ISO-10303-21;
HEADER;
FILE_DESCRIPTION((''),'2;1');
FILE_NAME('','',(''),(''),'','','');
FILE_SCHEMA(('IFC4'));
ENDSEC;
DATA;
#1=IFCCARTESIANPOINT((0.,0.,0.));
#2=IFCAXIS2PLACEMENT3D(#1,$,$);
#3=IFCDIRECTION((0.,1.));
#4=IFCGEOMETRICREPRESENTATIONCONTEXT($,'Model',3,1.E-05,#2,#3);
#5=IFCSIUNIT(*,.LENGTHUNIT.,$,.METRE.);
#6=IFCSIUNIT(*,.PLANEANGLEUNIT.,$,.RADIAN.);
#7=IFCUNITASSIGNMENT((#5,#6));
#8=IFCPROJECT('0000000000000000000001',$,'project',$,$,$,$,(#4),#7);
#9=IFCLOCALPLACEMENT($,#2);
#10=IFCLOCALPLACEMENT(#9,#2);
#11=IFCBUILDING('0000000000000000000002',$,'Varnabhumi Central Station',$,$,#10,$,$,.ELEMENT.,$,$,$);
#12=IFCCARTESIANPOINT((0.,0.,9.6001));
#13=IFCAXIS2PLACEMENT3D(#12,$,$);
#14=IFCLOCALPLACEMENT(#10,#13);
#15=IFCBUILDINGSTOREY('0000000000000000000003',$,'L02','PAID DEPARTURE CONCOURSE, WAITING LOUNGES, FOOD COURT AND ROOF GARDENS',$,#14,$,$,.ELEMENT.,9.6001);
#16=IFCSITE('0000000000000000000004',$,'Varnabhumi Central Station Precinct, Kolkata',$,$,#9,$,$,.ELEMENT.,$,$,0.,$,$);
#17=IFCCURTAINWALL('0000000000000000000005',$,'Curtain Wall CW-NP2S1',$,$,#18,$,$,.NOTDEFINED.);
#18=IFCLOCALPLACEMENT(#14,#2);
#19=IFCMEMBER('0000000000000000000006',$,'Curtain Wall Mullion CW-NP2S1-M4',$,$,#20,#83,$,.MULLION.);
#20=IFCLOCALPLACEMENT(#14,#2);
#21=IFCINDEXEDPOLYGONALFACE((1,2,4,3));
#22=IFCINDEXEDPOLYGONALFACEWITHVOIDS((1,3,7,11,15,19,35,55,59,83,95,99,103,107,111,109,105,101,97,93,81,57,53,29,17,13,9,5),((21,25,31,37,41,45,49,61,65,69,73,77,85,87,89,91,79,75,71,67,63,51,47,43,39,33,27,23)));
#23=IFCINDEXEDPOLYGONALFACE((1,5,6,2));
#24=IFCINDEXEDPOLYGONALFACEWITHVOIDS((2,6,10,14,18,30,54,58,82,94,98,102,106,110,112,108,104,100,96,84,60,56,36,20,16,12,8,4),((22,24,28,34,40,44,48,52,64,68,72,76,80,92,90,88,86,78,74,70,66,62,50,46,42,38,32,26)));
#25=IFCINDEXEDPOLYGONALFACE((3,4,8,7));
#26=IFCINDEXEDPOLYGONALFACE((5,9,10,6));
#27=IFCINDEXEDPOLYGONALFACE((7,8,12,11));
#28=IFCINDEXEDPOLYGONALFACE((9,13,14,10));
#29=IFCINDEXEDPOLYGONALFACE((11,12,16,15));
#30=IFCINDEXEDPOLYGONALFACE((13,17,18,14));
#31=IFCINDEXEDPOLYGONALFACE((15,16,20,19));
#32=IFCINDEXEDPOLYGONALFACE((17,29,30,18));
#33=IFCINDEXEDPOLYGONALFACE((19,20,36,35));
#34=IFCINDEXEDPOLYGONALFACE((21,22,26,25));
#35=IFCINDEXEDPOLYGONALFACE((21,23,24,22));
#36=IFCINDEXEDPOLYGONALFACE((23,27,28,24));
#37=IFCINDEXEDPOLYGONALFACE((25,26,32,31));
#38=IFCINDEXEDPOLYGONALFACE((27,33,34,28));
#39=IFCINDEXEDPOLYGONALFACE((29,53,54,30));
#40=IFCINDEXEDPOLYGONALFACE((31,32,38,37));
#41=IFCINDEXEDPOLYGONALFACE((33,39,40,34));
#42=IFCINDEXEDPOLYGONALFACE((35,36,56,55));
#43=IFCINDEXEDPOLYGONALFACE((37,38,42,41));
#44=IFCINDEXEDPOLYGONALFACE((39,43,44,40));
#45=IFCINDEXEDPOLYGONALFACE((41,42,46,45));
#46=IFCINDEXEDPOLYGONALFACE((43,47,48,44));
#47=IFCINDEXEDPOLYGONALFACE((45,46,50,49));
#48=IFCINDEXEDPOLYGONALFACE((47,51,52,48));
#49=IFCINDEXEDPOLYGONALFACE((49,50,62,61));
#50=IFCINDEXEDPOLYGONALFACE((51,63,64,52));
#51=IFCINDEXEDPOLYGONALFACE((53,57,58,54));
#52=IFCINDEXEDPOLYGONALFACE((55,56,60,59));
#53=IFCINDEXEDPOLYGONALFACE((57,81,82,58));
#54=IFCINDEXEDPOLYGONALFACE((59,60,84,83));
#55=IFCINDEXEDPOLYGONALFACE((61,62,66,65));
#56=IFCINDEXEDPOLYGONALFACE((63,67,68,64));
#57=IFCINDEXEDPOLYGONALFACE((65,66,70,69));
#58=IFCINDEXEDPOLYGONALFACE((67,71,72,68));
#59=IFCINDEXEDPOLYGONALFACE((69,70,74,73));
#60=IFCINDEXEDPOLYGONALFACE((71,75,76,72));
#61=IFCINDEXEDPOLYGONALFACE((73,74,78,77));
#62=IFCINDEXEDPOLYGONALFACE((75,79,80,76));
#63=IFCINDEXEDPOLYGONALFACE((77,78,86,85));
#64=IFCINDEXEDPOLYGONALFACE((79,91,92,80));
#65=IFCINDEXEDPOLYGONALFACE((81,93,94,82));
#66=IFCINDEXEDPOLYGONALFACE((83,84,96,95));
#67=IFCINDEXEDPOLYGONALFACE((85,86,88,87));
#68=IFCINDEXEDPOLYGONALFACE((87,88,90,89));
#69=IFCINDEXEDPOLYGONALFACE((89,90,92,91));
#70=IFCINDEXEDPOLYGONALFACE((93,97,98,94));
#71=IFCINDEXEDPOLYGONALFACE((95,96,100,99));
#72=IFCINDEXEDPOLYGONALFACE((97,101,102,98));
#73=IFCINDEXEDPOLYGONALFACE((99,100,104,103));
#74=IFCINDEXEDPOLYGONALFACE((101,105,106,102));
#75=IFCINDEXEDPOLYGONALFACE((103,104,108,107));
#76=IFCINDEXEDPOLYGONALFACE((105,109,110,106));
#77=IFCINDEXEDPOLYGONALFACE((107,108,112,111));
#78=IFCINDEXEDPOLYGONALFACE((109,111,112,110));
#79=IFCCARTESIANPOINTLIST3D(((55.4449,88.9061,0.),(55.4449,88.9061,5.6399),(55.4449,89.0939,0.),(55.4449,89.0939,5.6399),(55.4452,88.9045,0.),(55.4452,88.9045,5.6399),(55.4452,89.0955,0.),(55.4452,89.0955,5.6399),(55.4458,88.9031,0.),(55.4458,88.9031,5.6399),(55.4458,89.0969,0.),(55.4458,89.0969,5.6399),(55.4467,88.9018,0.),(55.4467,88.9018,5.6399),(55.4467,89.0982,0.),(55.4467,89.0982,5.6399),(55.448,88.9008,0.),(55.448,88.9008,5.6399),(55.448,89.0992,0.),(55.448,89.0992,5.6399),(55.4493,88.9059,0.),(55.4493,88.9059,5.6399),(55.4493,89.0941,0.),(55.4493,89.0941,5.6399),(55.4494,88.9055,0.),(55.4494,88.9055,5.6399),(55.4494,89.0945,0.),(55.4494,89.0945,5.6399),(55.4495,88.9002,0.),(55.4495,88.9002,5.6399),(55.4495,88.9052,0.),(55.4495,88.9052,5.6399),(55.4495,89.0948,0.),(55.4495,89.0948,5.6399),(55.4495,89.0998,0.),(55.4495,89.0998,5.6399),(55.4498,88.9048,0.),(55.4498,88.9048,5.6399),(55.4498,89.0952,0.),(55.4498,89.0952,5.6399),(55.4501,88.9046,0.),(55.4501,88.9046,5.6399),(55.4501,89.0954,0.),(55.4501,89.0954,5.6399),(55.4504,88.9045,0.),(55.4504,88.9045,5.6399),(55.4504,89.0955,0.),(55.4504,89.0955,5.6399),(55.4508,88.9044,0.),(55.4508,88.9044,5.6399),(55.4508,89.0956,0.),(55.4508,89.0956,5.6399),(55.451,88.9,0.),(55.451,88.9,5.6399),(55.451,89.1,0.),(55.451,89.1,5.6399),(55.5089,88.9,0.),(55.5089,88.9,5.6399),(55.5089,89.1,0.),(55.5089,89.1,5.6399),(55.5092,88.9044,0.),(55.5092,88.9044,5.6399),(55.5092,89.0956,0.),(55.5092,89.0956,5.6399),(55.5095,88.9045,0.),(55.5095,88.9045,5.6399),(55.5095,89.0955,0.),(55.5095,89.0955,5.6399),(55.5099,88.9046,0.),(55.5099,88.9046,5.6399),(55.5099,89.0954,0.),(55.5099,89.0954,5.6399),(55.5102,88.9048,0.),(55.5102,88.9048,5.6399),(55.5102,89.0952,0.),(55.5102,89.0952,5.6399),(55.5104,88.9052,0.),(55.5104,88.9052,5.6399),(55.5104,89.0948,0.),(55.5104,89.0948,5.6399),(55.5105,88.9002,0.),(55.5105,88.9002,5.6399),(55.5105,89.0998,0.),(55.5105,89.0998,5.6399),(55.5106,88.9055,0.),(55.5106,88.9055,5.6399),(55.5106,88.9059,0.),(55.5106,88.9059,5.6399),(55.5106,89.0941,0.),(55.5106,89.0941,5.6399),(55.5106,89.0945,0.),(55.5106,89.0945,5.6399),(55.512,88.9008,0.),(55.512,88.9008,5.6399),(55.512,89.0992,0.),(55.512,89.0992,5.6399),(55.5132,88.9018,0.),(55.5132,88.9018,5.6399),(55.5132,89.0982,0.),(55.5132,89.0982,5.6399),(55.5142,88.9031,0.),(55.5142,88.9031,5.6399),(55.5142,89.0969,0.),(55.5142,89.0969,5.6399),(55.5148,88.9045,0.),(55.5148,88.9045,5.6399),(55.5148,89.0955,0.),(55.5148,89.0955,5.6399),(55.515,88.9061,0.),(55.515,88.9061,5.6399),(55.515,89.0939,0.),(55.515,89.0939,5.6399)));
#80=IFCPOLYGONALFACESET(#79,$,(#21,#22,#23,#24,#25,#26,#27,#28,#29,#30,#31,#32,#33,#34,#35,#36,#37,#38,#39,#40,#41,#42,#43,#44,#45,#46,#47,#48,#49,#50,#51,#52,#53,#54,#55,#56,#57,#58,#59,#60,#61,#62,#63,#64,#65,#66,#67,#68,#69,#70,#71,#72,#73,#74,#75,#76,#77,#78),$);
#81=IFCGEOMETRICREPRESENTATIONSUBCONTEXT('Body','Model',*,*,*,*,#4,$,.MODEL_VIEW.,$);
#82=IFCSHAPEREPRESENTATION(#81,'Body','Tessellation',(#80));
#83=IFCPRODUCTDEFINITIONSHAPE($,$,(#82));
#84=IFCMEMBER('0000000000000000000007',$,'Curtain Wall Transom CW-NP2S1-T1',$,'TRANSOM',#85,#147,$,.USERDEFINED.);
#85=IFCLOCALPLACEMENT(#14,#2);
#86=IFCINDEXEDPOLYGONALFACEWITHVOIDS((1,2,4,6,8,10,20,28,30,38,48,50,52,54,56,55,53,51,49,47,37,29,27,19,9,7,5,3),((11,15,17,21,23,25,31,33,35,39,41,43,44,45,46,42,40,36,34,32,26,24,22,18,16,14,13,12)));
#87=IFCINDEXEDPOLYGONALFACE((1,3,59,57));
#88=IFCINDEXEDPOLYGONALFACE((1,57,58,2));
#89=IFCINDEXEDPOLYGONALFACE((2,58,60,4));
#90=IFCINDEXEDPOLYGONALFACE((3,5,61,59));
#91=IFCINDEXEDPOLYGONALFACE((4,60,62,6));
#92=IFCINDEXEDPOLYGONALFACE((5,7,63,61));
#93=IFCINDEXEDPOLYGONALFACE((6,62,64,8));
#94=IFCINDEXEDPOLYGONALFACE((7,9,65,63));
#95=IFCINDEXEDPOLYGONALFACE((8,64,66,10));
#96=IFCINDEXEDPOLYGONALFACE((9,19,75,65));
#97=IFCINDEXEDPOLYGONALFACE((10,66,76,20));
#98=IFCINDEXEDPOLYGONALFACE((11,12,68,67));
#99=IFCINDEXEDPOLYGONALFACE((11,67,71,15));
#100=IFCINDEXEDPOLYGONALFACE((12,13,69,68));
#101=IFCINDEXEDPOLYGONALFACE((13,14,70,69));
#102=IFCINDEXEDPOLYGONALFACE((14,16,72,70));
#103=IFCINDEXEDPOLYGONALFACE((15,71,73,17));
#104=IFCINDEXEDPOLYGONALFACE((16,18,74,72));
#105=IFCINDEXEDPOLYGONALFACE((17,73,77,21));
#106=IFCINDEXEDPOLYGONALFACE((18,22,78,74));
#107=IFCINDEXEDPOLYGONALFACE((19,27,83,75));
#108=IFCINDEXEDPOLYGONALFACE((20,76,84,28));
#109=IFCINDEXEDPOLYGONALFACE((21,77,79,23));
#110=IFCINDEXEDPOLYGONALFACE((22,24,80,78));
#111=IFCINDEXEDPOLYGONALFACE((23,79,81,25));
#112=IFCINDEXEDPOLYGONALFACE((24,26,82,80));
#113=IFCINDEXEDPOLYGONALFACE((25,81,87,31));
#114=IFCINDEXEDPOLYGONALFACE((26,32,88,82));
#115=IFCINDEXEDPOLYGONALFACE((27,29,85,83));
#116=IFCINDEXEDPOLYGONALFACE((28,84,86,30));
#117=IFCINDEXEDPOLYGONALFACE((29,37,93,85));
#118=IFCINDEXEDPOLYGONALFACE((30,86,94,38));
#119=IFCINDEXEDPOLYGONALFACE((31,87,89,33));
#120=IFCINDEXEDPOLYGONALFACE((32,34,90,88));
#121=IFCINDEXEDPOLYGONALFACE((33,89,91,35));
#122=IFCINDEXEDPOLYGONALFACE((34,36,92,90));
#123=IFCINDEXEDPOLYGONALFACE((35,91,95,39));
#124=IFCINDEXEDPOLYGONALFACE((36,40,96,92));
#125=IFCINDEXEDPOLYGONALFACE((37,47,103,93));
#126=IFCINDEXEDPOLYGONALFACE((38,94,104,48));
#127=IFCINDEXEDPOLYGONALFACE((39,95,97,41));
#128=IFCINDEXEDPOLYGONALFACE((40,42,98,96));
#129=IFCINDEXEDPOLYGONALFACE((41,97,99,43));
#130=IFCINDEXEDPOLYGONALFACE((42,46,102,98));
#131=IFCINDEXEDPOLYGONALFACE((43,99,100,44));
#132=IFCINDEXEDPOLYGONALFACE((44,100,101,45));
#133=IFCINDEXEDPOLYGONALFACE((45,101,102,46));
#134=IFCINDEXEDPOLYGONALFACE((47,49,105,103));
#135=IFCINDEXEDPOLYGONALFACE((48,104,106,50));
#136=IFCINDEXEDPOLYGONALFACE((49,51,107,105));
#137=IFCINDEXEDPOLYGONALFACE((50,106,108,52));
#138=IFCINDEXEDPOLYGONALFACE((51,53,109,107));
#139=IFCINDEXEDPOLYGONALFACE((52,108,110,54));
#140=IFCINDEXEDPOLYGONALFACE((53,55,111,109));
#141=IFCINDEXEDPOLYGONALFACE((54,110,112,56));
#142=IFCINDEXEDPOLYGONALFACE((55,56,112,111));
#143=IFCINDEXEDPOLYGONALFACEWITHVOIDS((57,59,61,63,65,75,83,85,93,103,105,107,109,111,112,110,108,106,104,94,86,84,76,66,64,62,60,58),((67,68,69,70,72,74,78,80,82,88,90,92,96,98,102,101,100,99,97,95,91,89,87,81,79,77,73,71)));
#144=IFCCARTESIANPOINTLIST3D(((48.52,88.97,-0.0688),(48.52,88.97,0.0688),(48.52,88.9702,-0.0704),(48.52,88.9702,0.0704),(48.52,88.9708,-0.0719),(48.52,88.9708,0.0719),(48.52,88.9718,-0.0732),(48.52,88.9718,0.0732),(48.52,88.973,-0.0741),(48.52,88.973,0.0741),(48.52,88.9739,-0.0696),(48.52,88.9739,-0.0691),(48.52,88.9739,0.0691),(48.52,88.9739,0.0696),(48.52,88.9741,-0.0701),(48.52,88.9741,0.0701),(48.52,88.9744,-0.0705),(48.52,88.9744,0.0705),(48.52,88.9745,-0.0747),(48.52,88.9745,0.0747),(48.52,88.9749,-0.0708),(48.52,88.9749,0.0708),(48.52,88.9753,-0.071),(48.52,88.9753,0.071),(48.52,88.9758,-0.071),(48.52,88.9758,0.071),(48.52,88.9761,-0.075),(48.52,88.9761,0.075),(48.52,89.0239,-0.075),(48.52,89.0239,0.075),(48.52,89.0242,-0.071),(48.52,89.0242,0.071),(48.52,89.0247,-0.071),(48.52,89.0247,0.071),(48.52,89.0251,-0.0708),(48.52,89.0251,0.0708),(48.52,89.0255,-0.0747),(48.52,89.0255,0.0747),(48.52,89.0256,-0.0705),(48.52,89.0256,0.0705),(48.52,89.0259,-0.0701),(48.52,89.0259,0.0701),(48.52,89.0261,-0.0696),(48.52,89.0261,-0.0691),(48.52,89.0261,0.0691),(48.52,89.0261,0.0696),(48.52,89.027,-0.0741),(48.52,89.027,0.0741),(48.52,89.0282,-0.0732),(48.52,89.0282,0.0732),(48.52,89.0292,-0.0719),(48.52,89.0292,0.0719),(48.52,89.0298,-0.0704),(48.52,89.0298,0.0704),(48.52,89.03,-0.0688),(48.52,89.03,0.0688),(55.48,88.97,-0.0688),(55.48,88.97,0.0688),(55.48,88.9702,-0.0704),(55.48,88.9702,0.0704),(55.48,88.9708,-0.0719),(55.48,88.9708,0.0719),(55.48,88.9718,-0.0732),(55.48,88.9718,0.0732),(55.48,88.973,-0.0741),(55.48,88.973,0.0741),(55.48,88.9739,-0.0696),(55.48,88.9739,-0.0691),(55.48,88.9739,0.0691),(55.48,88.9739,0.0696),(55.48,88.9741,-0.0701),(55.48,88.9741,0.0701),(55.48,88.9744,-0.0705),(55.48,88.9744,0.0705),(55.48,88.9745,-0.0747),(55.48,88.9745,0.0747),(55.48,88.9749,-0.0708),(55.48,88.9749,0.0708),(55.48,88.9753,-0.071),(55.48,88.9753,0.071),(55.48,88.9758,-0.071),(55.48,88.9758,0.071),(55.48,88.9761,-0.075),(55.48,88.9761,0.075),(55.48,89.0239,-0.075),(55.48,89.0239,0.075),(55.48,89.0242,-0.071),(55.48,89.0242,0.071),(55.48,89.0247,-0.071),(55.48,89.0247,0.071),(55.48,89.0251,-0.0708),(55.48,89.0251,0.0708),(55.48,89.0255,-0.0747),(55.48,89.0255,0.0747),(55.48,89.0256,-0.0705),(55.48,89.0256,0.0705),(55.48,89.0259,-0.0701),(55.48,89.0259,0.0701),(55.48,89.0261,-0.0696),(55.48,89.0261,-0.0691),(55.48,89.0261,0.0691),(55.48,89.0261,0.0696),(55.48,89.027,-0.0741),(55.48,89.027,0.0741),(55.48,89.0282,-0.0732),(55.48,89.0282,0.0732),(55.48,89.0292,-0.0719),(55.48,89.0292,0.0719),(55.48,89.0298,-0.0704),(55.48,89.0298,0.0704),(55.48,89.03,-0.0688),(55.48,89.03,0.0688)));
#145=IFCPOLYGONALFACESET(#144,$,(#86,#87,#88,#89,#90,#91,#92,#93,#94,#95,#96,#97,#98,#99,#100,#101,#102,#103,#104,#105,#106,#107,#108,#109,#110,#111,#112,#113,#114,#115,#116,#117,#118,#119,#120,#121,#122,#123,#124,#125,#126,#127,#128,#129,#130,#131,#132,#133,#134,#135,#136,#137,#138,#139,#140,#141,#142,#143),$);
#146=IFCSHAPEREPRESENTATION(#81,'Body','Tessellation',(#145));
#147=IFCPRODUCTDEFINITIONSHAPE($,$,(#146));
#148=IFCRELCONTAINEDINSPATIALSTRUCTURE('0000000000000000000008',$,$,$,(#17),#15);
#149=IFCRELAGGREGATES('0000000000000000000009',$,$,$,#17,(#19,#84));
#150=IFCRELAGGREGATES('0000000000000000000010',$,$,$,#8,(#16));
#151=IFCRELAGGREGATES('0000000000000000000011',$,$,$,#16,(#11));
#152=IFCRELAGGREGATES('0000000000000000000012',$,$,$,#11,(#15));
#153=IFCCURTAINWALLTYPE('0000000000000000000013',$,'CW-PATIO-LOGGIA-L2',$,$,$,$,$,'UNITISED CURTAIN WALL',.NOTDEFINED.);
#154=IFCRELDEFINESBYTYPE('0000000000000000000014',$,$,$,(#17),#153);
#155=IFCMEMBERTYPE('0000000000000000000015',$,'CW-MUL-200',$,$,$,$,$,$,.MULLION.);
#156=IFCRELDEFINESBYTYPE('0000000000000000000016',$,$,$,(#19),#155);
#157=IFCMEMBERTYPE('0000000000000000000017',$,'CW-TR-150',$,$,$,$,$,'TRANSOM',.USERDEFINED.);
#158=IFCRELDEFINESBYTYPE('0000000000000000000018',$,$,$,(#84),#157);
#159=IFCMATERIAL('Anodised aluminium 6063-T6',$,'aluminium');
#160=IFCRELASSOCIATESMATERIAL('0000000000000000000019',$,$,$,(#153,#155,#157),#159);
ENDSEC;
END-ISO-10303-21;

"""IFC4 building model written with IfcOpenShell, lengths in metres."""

from ifc_helpers import new_model, si_unit, direction, frame, origin, origin_2d, place, context, subcontext, project, spatial, hollow_rectangle, extrude, material, material_profile, profile_set, type_object, element, aggregate, save


model = new_model("IFC4")

# Units and contexts
model_context = context("Model", 3, precision=1e-05, world=origin(), true_north=direction((0.0, 1.0)))
body_context = subcontext(model_context, "Body", "Model", "MODEL_VIEW")
ifc_project = project(units=[si_unit("LENGTHUNIT", "METRE"), si_unit("PLANEANGLEUNIT", "RADIAN")], contexts=[model_context])

# Site, building, storey
site_placement = place(None, origin())
site = spatial("IfcSite", under=ifc_project, at=site_placement, Name="Varnabhumi Central Station Precinct, Kolkata", CompositionType="ELEMENT", RefElevation=0.0)
building_placement = place(site_placement, origin())
building = spatial("IfcBuilding", under=site, at=building_placement, Name="Varnabhumi Central Station", CompositionType="ELEMENT")
storey_placement = place(building_placement, frame((0.0, 0.0, 9.6001)))
storey = spatial("IfcBuildingStorey", under=building, at=storey_placement, Name="L02", Description="PAID DEPARTURE CONCOURSE, WAITING LOUNGES, FOOD COURT AND ROOF GARDENS", CompositionType="ELEMENT", Elevation=9.6001)

# Curtain wall, members
ifc_material_1 = material(Name="Anodised aluminium 6063-T6", Category="aluminium")
curtain_wall_type = type_object("IfcCurtainWallType", Name="CW-PATIO-LOGGIA-L2", ElementType="UNITISED CURTAIN WALL", PredefinedType="NOTDEFINED", material=ifc_material_1)
curtain_wall_placement = place(storey_placement, origin())
curtain_wall = element("IfcCurtainWall", 1, at=curtain_wall_placement, inside=storey, type_object=curtain_wall_type, Name="Curtain Wall CW-NP2S1", PredefinedType="NOTDEFINED")
ifc_material_profile_1 = material_profile(ifc_material_1, hollow_rectangle(XDim=0.0701, YDim=0.2, WallThickness=0.0044, InnerFilletRadius=0.0015, OuterFilletRadius=0.0061, at=origin_2d()), Name="Anodised aluminium 6063-T6", Category="aluminium")
ifc_profile_set_1 = profile_set([ifc_material_profile_1], Name="Anodised aluminium 6063-T6")
member_type_1 = type_object("IfcMemberType", Name="CW-MUL-200", PredefinedType="MULLION", material=ifc_profile_set_1)
member_1_placement = place(storey_placement, frame((55.48, 89.0, 0.0), z_axis=(0.0, 0.0, 1.0), x_axis=(1.0, 0.0, 0.0)))
member_1 = element("IfcMember", 2, at=member_1_placement, type_object=member_type_1, Name="Curtain Wall Mullion CW-NP2S1-M4", PredefinedType="MULLION", context=body_context, shape_type="SweptSolid", body=[
    extrude(hollow_rectangle(XDim=0.0701, YDim=0.2, WallThickness=0.0044, InnerFilletRadius=0.0015, OuterFilletRadius=0.0061, at=origin_2d()), origin(), (0.0, 0.0, 1.0), 5.6399),
])
ifc_material_profile_2 = material_profile(ifc_material_1, hollow_rectangle(XDim=0.0601, YDim=0.1499, WallThickness=0.0039, InnerFilletRadius=0.002, OuterFilletRadius=0.0061, at=origin_2d()), Name="Anodised aluminium 6063-T6", Category="aluminium")
ifc_profile_set_2 = profile_set([ifc_material_profile_2], Name="Anodised aluminium 6063-T6")
member_type_2 = type_object("IfcMemberType", Name="CW-TR-150", ElementType="TRANSOM", PredefinedType="USERDEFINED", material=ifc_profile_set_2)
member_2_placement = place(storey_placement, frame((48.52, 89.0, 0.0), z_axis=(1.0, 0.0, 0.0), x_axis=(0.0, 1.0, 0.0)))
member_2 = element("IfcMember", 3, at=member_2_placement, type_object=member_type_2, Name="Curtain Wall Transom CW-NP2S1-T1", ObjectType="TRANSOM", PredefinedType="USERDEFINED", context=body_context, shape_type="SweptSolid", body=[
    extrude(hollow_rectangle(XDim=0.0601, YDim=0.1499, WallThickness=0.0039, InnerFilletRadius=0.002, OuterFilletRadius=0.0061, at=origin_2d()), origin(), (0.0, 0.0, 1.0), 6.96),
])

aggregate(curtain_wall, [member_1, member_2])

save(model, "model.ifc")
